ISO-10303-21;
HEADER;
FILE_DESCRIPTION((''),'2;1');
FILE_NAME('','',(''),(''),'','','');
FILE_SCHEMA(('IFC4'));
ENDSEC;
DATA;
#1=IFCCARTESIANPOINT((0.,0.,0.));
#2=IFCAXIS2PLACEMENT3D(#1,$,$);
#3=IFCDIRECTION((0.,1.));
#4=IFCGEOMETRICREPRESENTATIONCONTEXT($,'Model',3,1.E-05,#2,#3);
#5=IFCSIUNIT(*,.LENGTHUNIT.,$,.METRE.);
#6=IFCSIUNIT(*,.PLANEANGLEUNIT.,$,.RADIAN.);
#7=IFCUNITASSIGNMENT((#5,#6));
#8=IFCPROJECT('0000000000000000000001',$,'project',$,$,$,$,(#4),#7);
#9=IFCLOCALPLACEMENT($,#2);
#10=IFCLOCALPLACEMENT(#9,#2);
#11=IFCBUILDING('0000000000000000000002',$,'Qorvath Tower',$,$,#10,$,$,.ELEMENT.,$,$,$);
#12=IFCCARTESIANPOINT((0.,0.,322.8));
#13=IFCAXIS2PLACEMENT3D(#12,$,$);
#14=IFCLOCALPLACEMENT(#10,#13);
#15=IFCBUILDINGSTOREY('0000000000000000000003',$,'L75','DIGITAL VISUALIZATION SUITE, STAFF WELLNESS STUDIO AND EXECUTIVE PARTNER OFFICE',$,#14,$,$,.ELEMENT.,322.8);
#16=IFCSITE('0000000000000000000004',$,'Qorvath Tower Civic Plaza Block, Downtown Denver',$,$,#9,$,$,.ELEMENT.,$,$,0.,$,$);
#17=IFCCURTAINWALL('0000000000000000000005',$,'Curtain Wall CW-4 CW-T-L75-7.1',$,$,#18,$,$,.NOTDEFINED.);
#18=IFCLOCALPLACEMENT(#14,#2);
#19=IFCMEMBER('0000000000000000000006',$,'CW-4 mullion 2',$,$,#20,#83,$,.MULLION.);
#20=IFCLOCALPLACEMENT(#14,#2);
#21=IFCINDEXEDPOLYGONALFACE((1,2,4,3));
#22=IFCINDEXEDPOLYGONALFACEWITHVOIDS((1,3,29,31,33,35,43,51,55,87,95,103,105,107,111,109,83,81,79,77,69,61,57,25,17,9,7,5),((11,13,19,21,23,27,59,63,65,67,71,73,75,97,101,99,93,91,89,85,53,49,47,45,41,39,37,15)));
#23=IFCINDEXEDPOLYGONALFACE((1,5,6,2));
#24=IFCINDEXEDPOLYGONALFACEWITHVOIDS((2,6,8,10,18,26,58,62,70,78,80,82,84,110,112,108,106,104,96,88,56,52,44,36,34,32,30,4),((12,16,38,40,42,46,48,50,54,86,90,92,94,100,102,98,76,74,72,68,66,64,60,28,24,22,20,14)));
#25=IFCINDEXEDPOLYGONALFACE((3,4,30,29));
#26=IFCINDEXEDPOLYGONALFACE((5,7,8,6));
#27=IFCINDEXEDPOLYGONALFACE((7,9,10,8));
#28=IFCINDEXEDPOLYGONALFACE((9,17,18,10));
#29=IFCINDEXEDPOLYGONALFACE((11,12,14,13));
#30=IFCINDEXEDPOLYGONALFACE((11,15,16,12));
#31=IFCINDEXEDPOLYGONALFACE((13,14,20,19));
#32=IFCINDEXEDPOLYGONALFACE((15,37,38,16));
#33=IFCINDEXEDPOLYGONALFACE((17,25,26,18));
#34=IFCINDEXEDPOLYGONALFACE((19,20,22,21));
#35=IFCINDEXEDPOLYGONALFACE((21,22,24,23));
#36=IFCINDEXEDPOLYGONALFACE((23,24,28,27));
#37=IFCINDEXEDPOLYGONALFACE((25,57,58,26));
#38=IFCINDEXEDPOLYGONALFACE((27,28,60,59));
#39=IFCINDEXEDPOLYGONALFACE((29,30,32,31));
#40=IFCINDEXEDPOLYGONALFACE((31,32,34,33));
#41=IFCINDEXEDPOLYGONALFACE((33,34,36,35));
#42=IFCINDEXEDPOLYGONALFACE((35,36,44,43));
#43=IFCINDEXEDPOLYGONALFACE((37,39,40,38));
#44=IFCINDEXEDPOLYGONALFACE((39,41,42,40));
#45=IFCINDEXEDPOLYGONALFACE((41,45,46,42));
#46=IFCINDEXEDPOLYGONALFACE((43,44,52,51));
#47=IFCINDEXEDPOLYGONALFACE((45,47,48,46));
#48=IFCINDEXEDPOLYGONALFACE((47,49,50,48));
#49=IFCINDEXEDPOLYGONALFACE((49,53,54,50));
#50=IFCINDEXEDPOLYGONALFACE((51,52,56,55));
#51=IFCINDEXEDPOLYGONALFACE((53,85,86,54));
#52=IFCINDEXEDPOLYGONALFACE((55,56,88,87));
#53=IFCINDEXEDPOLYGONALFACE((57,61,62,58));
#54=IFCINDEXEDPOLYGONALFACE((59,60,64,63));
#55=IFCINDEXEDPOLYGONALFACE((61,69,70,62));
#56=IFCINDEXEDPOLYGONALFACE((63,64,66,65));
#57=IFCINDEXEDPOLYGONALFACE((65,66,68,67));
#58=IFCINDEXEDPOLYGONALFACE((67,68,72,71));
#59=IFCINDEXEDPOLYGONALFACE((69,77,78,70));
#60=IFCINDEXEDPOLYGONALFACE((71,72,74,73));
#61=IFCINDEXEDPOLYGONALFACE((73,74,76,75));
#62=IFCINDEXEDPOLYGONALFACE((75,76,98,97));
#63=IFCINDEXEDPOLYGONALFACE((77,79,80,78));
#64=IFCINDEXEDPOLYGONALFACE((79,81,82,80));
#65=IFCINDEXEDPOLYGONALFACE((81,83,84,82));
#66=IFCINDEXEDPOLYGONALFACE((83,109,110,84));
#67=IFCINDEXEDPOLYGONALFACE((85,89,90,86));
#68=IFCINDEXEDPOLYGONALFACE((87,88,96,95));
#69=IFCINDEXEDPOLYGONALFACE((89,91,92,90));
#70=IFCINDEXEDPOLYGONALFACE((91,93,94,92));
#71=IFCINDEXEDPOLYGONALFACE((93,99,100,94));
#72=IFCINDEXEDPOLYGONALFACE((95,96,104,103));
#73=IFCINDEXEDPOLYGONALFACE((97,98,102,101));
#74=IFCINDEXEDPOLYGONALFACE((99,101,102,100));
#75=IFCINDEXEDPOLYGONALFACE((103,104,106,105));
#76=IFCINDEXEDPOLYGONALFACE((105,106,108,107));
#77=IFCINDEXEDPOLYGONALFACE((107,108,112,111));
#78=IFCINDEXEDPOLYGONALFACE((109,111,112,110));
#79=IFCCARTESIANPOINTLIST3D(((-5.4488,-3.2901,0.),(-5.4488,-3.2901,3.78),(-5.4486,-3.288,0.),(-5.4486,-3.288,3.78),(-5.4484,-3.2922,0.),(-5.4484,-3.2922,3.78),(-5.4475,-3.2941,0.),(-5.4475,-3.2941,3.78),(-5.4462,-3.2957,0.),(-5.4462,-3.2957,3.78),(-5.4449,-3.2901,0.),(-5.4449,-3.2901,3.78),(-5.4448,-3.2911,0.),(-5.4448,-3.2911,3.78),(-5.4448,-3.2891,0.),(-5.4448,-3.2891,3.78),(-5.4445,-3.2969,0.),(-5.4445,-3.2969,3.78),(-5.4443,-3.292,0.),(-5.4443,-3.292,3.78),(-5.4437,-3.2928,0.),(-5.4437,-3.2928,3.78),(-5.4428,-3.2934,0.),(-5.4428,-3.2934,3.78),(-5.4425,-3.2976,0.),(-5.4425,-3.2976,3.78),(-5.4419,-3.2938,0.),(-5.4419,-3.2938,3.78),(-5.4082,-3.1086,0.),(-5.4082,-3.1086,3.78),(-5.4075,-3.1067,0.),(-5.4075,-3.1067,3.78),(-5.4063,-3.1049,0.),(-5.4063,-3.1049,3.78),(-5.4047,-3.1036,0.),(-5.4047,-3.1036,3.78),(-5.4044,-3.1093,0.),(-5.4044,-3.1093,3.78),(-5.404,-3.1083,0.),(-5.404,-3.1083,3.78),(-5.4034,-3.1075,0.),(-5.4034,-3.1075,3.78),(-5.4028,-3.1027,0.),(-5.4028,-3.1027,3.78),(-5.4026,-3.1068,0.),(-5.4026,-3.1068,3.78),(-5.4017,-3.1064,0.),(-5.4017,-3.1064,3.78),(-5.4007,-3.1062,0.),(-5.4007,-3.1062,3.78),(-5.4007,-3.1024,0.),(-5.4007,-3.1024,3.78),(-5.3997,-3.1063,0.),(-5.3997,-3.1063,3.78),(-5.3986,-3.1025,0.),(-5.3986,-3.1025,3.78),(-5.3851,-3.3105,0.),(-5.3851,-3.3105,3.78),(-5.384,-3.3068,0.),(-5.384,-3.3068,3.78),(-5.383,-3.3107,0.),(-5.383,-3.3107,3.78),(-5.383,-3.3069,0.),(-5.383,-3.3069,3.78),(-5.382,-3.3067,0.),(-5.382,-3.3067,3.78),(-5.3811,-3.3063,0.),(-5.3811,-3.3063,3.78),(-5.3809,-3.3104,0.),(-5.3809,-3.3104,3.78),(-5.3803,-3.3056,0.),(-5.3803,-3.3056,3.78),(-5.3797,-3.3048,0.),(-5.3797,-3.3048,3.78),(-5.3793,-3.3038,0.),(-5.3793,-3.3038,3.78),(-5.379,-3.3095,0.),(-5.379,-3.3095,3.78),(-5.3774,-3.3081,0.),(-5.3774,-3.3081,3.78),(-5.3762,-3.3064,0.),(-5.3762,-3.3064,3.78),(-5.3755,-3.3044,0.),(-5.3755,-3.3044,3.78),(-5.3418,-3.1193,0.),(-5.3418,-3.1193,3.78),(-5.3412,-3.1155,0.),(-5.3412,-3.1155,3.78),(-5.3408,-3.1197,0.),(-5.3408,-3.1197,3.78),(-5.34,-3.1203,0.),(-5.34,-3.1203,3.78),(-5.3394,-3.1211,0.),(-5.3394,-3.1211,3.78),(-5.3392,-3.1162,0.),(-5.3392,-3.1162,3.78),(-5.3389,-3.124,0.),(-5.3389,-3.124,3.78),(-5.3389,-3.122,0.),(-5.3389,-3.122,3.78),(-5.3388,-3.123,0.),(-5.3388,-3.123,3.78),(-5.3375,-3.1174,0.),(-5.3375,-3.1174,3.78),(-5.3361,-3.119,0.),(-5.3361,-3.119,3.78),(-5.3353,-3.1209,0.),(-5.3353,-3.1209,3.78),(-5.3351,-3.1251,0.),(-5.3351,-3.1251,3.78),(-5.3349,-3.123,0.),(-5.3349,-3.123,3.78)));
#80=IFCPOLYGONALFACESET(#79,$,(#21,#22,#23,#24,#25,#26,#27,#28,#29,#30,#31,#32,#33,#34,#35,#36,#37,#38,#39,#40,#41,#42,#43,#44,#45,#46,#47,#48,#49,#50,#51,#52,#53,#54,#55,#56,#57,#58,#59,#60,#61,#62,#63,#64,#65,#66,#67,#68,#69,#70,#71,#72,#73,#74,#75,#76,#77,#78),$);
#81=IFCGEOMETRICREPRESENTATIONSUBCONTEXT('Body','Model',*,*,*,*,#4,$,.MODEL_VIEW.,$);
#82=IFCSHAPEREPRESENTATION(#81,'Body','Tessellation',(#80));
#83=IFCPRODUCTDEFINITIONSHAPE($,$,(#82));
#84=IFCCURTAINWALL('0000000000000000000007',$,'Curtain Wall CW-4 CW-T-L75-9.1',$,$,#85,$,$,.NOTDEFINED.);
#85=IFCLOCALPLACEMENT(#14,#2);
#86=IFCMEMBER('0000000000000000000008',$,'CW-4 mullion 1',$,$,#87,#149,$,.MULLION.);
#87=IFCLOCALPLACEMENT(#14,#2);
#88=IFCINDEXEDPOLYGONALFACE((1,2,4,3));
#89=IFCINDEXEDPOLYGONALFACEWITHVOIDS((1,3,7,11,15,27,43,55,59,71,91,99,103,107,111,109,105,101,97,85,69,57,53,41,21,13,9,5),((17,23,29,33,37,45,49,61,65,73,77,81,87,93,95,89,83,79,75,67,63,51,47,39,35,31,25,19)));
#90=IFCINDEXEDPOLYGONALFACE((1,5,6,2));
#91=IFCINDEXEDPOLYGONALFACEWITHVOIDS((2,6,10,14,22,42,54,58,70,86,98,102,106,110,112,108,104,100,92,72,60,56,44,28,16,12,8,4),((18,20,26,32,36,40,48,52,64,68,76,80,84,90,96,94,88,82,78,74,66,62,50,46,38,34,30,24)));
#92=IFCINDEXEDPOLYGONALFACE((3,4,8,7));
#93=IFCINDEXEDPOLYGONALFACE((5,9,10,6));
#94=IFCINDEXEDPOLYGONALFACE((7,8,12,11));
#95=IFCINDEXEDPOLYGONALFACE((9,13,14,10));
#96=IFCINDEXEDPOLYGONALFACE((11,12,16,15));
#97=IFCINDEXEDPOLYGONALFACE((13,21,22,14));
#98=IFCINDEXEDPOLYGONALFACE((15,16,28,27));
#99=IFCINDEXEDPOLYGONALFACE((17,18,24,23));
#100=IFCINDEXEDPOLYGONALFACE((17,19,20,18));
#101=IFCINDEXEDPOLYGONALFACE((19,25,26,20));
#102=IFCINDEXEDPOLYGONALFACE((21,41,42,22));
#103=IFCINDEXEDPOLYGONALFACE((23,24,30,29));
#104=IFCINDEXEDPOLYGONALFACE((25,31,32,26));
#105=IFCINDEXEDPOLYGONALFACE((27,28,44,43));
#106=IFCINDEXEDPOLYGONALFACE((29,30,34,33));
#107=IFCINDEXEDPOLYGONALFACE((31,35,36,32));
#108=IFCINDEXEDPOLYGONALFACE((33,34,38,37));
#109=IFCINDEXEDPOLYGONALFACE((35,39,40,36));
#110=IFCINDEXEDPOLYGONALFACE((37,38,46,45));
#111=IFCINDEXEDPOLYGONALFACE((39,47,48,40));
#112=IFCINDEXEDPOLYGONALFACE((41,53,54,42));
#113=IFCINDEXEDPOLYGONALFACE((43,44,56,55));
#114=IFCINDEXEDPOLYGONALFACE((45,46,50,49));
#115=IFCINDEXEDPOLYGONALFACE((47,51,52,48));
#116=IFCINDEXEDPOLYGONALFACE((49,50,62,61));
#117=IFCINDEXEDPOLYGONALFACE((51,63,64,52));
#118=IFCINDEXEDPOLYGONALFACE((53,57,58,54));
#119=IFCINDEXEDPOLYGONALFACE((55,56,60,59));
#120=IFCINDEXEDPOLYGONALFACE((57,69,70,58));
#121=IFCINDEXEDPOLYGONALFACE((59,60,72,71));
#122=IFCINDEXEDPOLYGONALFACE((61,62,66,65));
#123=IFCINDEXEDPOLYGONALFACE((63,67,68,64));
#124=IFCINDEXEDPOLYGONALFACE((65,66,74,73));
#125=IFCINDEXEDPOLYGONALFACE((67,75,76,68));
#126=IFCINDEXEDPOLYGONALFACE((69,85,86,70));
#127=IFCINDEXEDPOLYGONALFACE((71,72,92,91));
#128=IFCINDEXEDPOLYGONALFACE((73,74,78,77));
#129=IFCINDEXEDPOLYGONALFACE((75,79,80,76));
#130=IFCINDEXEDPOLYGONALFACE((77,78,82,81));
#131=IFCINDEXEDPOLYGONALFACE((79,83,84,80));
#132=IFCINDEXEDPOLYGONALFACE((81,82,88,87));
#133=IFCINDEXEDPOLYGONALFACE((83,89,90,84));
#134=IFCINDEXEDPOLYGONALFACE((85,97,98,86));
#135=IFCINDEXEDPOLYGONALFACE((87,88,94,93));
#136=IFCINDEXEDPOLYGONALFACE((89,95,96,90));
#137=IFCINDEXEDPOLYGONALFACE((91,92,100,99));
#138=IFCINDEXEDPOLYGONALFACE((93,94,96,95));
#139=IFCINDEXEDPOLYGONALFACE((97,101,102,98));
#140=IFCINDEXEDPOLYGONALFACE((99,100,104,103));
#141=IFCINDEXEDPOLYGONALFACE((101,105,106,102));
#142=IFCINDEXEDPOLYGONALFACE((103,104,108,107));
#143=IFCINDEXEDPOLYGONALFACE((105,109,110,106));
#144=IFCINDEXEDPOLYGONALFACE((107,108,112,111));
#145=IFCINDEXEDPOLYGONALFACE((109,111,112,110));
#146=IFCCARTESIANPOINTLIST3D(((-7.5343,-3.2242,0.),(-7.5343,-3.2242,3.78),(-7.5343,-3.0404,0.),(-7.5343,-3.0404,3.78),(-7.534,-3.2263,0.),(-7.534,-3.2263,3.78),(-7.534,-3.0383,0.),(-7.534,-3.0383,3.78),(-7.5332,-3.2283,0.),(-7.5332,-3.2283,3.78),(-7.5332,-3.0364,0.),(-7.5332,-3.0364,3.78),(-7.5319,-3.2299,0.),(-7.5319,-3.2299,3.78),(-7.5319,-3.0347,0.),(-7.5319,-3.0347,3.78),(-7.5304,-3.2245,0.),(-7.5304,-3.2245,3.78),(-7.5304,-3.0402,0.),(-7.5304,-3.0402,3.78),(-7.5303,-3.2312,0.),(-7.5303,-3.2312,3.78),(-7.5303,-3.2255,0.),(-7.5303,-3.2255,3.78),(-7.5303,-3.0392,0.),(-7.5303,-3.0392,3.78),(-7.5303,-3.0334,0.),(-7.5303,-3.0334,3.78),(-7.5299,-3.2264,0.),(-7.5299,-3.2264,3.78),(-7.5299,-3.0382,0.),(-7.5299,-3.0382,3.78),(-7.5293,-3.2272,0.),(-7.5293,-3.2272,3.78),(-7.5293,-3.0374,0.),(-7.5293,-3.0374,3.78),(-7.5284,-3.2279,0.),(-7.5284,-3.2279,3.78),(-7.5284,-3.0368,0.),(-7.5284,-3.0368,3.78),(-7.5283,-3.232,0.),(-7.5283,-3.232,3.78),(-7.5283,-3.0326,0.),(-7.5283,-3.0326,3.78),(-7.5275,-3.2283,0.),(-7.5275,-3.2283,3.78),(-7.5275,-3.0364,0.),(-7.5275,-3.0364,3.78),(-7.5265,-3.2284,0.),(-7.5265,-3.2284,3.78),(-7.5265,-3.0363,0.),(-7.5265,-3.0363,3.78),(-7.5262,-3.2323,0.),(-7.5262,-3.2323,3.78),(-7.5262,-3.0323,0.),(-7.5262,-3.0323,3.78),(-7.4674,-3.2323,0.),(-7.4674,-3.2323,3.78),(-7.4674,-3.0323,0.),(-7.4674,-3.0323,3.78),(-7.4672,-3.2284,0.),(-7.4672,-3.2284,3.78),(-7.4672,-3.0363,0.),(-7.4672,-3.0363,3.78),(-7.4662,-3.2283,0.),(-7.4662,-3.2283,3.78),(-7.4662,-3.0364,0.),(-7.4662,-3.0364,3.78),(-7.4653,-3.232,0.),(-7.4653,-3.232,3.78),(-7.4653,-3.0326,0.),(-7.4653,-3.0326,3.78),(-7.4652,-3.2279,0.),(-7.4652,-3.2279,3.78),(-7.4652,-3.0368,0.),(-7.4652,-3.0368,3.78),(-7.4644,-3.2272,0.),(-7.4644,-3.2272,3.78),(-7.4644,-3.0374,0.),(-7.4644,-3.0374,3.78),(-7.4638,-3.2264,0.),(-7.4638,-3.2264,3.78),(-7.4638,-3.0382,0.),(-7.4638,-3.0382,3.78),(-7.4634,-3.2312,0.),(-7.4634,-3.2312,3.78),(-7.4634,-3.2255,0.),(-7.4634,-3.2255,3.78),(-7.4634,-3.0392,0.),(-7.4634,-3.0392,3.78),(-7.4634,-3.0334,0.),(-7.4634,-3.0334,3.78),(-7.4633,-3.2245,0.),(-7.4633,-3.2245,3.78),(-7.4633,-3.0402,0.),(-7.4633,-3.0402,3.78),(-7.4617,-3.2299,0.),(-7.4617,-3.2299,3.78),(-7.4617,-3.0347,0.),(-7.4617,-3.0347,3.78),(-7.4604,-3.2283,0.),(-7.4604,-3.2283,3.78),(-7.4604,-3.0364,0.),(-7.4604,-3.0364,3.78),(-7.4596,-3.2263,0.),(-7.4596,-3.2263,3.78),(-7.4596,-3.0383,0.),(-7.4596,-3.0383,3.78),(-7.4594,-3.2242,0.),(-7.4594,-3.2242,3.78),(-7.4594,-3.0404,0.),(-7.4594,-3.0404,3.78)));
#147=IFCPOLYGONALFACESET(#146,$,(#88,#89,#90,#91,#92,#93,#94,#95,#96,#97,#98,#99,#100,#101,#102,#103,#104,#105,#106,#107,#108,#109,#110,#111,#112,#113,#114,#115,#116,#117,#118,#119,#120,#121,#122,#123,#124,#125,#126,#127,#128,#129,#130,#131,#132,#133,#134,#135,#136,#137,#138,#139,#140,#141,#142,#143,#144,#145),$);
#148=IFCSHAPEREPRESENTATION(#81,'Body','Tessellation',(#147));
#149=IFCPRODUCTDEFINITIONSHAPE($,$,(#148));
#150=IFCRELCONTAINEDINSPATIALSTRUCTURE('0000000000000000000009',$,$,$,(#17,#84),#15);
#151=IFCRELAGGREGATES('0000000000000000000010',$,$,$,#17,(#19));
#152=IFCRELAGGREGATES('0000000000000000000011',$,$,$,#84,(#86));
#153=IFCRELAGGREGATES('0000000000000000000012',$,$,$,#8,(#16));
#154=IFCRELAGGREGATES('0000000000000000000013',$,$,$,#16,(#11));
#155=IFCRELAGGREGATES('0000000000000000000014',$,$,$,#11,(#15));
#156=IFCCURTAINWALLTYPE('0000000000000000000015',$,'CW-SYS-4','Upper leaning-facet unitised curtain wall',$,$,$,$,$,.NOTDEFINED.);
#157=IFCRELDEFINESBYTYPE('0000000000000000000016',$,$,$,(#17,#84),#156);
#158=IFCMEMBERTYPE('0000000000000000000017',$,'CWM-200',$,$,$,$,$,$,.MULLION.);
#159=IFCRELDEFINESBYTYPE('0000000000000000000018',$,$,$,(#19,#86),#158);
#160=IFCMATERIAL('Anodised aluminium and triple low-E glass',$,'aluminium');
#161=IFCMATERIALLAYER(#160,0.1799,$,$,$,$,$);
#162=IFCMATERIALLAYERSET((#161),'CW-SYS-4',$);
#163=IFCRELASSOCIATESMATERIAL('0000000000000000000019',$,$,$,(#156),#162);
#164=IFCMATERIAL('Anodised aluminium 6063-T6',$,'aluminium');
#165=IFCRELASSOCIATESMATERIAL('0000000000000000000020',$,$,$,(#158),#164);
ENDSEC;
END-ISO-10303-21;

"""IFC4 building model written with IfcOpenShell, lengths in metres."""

from ifc_helpers import new_model, si_unit, direction, frame, origin, origin_2d, place, context, subcontext, project, spatial, hollow_rectangle, extrude, material, layer, layer_set, material_profile, profile_set, type_object, element, aggregate, save


model = new_model("IFC4")

# Units and contexts
model_context = context("Model", 3, precision=1e-05, world=origin(), true_north=direction((0.0, 1.0)))
body_context = subcontext(model_context, "Body", "Model", "MODEL_VIEW")
ifc_project = project(units=[si_unit("LENGTHUNIT", "METRE"), si_unit("PLANEANGLEUNIT", "RADIAN")], contexts=[model_context])

# Site, building, storey
site_placement = place(None, origin())
site = spatial("IfcSite", under=ifc_project, at=site_placement, Name="Qorvath Tower Civic Plaza Block, Downtown Denver", CompositionType="ELEMENT", RefElevation=0.0)
building_placement = place(site_placement, origin())
building = spatial("IfcBuilding", under=site, at=building_placement, Name="Qorvath Tower", CompositionType="ELEMENT")
storey_placement = place(building_placement, frame((0.0, 0.0, 322.8)))
storey = spatial("IfcBuildingStorey", under=building, at=storey_placement, Name="L75", Description="DIGITAL VISUALIZATION SUITE, STAFF WELLNESS STUDIO AND EXECUTIVE PARTNER OFFICE", CompositionType="ELEMENT", Elevation=322.8)

# Curtain wall, member
ifc_material_1 = material(Name="Anodised aluminium and triple low-E glass", Category="aluminium")
ifc_layer_1 = layer(ifc_material_1, 0.1799)
ifc_layer_set_1 = layer_set([ifc_layer_1], Name="CW-SYS-4")
curtain_wall_type = type_object("IfcCurtainWallType", Name="CW-SYS-4", Description="Upper leaning-facet unitised curtain wall", PredefinedType="NOTDEFINED", material=ifc_layer_set_1)
curtain_wall_1_placement = place(storey_placement, origin())
curtain_wall_1 = element("IfcCurtainWall", 1, at=curtain_wall_1_placement, inside=storey, type_object=curtain_wall_type, Name="Curtain Wall CW-4 CW-T-L75-7.1", PredefinedType="NOTDEFINED")
ifc_material_2 = material(Name="Anodised aluminium 6063-T6", Category="aluminium")
ifc_material_profile_1 = material_profile(ifc_material_2, hollow_rectangle(XDim=0.075, YDim=0.2, WallThickness=0.0039, InnerFilletRadius=0.0039, OuterFilletRadius=0.0081, at=origin_2d()), Name="CWM 200x75")
ifc_profile_set_1 = profile_set([ifc_material_profile_1], Name="Anodised aluminium 6063-T6")
member_type_1 = type_object("IfcMemberType", Name="CWM-200", PredefinedType="MULLION", material=ifc_profile_set_1)
member_1_placement = place(storey_placement, frame((-5.3918, -3.2065, 0.0), z_axis=(0.0, 0.0, 1.0), x_axis=(-0.975582, 0.219634, 0.0)))
member_1 = element("IfcMember", 2, at=member_1_placement, type_object=member_type_1, Name="CW-4 mullion 2", PredefinedType="MULLION", context=body_context, shape_type="SweptSolid", body=[
    extrude(hollow_rectangle(XDim=0.075, YDim=0.2, WallThickness=0.0039, InnerFilletRadius=0.0039, OuterFilletRadius=0.0081, at=origin_2d()), origin(), (0.0, 0.0, 1.0), 3.78),
])
aggregate(curtain_wall_1, [member_1])

# Curtain wall, member
curtain_wall_2_placement = place(storey_placement, origin())
curtain_wall_2 = element("IfcCurtainWall", 3, at=curtain_wall_2_placement, inside=storey, type_object=curtain_wall_type, Name="Curtain Wall CW-4 CW-T-L75-9.1", PredefinedType="NOTDEFINED")
member_2_placement = place(storey_placement, frame((-7.4968, -3.1323, 0.0), z_axis=(0.0, 0.0, 1.0), x_axis=(-1.0, 0.0, 0.0)))
member_2 = element("IfcMember", 4, at=member_2_placement, type_object=member_type_1, Name="CW-4 mullion 1", PredefinedType="MULLION", context=body_context, shape_type="SweptSolid", body=[
    extrude(hollow_rectangle(XDim=0.075, YDim=0.2, WallThickness=0.0039, InnerFilletRadius=0.0039, OuterFilletRadius=0.0081, at=origin_2d()), origin(), (0.0, 0.0, 1.0), 3.78),
])
aggregate(curtain_wall_2, [member_2])

save(model, "model.ifc")
